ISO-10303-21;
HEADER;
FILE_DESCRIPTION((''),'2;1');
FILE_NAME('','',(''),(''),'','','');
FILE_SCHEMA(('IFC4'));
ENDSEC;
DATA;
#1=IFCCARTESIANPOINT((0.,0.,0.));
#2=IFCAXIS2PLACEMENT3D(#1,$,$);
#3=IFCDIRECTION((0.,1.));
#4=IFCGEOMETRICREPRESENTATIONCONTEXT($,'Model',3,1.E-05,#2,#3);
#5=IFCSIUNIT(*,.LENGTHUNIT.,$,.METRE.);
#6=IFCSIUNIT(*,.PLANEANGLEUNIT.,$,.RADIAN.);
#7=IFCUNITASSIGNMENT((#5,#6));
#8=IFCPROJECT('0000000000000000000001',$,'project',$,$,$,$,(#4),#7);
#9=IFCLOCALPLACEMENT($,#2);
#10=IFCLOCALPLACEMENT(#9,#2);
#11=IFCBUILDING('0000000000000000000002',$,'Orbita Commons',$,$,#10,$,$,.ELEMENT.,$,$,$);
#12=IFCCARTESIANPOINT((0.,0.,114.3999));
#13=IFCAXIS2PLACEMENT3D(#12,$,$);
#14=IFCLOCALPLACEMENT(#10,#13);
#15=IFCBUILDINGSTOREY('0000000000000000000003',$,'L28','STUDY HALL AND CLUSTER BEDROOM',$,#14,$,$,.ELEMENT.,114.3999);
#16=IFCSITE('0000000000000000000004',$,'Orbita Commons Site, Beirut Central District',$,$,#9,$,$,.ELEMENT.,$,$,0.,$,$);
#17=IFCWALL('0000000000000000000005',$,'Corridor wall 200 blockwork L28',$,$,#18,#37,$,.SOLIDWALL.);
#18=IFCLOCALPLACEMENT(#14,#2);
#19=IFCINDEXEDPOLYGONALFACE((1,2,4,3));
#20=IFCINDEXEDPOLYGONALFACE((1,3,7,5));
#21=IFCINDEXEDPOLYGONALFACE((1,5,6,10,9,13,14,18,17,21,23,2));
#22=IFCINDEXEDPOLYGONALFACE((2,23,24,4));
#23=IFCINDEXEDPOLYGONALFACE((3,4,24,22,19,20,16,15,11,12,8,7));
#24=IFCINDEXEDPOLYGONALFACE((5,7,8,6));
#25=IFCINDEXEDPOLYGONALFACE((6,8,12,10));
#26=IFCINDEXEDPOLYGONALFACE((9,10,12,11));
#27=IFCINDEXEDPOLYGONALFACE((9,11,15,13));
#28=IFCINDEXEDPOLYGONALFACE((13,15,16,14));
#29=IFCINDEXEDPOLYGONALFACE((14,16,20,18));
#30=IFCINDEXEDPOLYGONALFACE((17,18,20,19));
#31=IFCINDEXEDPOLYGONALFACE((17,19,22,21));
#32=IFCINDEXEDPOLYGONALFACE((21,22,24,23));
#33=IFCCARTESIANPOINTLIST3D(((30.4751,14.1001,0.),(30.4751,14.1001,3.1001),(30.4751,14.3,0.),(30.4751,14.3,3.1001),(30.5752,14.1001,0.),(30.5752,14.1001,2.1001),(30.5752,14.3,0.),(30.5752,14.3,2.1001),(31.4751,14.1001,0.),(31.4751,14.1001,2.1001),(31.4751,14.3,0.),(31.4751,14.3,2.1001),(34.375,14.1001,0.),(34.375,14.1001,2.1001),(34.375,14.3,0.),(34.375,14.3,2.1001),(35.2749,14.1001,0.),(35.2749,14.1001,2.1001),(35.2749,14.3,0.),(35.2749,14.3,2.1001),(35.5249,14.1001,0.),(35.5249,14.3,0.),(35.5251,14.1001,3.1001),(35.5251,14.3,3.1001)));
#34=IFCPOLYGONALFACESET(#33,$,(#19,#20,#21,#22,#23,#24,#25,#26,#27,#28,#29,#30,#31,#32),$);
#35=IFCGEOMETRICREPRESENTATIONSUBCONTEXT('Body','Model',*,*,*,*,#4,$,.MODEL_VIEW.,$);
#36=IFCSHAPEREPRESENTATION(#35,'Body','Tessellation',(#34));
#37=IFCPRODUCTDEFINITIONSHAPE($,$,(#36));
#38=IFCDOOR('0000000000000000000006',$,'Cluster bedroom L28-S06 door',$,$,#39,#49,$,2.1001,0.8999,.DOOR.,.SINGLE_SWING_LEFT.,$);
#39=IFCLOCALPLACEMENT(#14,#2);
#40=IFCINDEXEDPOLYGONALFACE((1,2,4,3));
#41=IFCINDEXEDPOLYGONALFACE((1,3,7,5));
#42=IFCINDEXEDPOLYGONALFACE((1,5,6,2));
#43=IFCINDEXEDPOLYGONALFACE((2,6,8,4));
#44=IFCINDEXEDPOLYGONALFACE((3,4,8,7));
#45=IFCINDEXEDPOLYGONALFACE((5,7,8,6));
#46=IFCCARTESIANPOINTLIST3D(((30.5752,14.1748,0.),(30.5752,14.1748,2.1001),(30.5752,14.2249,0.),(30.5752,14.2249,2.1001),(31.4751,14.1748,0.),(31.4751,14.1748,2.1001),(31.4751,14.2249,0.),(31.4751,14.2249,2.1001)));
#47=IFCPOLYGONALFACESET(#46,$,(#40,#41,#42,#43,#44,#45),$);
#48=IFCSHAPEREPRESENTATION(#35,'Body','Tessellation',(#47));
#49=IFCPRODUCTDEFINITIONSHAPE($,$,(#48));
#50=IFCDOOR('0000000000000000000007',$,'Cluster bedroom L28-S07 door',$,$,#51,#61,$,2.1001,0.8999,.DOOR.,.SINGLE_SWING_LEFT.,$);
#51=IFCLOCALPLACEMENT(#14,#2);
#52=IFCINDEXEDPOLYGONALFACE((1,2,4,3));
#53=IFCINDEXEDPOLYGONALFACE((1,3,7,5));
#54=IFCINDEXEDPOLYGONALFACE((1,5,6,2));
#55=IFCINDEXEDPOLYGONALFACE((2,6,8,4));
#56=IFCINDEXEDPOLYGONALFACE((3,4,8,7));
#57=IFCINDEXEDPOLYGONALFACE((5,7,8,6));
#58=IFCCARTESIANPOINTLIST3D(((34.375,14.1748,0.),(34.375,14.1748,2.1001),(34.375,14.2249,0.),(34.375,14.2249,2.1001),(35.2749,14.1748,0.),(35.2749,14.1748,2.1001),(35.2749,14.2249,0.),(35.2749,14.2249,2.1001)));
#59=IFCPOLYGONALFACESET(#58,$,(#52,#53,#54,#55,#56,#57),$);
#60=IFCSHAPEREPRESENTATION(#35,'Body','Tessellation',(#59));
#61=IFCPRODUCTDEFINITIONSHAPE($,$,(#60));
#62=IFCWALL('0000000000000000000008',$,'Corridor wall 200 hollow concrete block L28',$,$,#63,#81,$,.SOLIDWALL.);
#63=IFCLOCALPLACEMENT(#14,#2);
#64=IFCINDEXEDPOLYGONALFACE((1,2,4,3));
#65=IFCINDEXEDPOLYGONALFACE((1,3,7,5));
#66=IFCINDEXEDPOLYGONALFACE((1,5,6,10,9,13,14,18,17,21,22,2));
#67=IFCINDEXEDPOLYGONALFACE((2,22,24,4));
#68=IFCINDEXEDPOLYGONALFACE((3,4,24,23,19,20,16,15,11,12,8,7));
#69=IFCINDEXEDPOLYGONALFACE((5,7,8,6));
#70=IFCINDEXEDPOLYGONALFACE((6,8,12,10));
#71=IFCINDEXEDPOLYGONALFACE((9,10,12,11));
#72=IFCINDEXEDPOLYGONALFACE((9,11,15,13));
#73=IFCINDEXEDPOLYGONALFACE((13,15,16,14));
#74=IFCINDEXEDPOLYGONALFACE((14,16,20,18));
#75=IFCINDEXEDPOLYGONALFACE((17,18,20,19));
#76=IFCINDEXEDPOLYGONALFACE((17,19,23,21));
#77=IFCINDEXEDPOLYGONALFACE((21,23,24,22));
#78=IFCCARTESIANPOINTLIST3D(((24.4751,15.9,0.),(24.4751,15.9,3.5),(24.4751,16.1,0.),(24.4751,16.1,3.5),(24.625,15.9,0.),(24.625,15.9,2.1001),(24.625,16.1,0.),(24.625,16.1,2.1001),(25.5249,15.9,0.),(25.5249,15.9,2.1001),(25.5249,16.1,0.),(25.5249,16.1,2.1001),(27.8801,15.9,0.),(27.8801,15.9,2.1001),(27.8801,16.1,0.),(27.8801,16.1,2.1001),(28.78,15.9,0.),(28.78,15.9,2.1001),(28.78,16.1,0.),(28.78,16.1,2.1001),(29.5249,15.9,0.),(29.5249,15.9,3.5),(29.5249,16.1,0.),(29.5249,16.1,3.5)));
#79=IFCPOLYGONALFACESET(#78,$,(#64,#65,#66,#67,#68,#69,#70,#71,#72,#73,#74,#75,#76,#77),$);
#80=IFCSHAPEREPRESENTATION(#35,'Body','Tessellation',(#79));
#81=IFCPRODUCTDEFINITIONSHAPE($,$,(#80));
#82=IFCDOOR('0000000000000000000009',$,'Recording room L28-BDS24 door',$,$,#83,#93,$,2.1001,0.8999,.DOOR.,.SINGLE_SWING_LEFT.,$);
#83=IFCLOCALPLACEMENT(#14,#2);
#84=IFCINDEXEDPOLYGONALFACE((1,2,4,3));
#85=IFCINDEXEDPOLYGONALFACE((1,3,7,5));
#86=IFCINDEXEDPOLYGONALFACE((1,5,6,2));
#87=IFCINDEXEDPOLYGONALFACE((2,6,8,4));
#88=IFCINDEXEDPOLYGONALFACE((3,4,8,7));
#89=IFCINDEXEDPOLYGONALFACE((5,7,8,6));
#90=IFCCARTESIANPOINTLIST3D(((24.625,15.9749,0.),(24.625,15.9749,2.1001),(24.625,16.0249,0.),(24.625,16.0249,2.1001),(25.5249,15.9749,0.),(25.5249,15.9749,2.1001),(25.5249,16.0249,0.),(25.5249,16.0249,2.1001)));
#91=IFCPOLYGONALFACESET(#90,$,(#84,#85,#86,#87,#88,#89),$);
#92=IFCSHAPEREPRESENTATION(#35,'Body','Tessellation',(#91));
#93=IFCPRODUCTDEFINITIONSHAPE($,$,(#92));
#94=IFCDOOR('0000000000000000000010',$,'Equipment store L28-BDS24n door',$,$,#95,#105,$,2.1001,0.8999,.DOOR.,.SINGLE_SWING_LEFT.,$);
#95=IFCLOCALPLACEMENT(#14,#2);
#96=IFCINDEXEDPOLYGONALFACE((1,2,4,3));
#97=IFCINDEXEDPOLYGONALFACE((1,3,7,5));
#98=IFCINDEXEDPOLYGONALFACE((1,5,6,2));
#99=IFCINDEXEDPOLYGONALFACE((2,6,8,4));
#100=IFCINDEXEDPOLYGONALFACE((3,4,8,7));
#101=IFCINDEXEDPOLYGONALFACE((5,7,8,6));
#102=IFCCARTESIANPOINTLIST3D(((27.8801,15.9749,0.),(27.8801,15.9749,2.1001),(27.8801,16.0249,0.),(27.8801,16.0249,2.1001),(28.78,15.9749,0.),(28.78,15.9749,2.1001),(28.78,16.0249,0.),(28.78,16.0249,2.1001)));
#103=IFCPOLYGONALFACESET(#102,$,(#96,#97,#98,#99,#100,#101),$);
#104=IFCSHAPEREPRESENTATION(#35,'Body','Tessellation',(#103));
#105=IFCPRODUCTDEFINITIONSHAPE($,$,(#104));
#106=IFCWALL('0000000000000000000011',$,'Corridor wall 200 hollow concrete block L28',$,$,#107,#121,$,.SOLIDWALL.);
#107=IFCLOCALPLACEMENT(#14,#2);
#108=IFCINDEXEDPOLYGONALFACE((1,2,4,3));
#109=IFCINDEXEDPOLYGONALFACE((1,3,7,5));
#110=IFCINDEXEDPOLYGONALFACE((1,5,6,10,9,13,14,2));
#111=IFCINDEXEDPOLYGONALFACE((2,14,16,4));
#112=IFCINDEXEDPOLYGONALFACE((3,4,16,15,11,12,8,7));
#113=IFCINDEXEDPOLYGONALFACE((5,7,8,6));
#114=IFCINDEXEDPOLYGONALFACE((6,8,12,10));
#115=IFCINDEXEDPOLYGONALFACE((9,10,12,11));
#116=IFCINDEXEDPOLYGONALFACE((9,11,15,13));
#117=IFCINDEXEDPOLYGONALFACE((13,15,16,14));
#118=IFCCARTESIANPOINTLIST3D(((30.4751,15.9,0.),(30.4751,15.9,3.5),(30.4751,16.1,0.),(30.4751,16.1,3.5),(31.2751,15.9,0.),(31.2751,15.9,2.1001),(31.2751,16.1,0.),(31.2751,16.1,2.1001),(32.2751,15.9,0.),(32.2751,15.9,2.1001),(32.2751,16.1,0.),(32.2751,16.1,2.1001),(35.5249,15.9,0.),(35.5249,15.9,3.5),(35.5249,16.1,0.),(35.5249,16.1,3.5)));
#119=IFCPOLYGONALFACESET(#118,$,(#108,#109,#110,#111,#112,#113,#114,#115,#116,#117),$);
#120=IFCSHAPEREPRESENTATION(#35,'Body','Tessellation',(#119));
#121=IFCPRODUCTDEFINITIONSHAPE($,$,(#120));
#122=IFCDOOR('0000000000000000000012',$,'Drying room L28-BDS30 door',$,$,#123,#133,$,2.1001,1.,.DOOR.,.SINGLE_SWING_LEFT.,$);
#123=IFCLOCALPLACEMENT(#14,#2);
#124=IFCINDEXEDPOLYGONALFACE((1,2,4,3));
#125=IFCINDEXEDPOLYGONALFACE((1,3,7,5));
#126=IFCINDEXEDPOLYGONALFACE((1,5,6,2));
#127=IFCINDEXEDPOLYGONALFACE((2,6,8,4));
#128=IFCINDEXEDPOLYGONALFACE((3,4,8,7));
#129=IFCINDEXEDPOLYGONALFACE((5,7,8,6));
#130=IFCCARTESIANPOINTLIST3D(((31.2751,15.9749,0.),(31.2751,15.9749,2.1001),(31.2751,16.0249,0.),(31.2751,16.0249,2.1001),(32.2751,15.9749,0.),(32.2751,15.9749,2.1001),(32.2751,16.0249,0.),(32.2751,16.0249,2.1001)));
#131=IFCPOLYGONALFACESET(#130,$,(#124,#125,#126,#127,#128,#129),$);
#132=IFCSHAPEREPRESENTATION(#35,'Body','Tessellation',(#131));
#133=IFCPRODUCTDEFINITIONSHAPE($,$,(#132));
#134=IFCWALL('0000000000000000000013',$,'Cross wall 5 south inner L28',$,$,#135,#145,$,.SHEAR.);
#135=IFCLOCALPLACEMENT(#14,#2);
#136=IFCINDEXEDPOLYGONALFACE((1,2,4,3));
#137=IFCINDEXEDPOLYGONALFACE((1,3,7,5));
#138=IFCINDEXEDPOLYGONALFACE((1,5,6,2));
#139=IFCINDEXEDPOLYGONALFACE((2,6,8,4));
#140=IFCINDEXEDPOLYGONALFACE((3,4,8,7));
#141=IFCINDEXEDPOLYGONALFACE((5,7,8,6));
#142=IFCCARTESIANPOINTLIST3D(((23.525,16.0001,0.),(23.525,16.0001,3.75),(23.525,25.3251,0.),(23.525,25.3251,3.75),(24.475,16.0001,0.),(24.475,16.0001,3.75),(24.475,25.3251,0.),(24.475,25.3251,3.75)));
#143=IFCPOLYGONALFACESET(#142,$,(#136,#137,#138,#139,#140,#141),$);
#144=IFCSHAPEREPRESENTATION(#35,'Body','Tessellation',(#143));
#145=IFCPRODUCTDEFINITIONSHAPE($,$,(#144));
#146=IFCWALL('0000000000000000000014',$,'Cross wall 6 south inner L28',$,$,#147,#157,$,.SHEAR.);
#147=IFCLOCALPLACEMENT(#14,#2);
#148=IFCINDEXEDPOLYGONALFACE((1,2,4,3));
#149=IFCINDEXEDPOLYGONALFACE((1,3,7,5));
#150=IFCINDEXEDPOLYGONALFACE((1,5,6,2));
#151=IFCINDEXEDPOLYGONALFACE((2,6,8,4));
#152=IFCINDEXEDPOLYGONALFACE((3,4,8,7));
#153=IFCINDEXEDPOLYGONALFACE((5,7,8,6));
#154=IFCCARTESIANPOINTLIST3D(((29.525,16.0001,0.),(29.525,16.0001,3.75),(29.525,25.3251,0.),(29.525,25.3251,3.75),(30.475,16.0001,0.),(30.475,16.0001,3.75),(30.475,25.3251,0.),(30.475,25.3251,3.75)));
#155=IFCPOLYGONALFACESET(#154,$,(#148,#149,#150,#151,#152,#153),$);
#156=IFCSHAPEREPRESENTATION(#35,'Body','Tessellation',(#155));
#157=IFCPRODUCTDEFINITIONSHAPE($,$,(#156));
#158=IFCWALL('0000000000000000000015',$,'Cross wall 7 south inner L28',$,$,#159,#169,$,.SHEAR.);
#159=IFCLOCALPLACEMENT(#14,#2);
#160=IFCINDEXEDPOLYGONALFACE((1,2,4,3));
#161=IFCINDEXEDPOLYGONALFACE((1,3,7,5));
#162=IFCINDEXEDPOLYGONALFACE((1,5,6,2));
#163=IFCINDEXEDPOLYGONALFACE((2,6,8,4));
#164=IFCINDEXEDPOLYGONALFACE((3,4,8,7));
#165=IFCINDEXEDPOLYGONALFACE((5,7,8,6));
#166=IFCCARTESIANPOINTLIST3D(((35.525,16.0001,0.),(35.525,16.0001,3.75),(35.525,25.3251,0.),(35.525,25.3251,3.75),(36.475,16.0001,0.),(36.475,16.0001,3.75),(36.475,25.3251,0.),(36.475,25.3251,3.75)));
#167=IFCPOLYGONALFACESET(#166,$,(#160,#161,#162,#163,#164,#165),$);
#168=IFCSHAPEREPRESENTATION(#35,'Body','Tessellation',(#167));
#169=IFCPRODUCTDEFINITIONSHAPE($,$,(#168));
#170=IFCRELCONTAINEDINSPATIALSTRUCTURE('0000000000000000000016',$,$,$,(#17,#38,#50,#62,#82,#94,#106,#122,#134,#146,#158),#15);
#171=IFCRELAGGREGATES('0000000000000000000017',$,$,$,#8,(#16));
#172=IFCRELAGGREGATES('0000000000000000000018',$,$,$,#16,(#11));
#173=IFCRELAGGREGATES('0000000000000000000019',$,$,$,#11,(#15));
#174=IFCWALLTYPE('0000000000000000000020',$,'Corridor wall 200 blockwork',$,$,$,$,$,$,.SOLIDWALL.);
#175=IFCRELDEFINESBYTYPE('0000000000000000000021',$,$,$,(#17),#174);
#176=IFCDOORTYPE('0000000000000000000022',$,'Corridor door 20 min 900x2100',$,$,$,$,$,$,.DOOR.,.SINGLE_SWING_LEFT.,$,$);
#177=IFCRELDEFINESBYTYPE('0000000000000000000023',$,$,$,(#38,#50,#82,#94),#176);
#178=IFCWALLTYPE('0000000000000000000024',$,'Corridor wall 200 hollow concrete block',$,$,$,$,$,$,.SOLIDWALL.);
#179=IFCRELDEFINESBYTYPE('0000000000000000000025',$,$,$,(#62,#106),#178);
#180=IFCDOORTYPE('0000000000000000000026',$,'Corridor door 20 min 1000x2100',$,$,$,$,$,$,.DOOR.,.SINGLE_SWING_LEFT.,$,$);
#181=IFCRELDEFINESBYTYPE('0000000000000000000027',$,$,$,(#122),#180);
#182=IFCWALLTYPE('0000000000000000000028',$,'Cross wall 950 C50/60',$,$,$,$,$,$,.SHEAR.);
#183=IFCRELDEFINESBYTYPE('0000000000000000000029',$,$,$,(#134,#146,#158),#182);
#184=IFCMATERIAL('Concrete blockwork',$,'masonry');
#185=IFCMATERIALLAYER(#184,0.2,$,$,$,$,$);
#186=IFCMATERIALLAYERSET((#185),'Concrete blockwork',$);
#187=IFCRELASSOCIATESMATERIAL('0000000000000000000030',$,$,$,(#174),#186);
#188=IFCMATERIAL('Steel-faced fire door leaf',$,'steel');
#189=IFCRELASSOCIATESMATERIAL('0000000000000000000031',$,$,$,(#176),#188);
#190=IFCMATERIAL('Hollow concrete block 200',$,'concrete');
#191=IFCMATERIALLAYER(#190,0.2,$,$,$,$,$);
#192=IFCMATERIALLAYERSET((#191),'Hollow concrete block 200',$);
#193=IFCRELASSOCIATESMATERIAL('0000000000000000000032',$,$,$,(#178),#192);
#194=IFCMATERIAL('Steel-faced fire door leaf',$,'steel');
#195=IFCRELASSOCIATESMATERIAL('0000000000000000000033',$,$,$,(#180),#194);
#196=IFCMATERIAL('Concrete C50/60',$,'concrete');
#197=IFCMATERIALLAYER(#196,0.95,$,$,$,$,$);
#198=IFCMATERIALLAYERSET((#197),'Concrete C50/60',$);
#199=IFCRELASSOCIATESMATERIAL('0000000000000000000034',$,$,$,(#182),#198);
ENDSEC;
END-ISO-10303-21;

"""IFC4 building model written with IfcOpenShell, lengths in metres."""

from ifc_helpers import new_model, si_unit, direction, frame, frame_2d, origin, place, context, subcontext, project, spatial, polyline, rectangle, outline, extrude, material, layer, layer_set, type_object, element, fill, save


model = new_model("IFC4")

# Units and contexts
model_context = context("Model", 3, precision=1e-05, world=origin(), true_north=direction((0.0, 1.0)))
body_context = subcontext(model_context, "Body", "Model", "MODEL_VIEW")
ifc_project = project(units=[si_unit("LENGTHUNIT", "METRE"), si_unit("PLANEANGLEUNIT", "RADIAN")], contexts=[model_context])

# Site, building, storey
site_placement = place(None, origin())
site = spatial("IfcSite", under=ifc_project, at=site_placement, Name="Orbita Commons Site, Beirut Central District", CompositionType="ELEMENT", RefElevation=0.0)
building_placement = place(site_placement, origin())
building = spatial("IfcBuilding", under=site, at=building_placement, Name="Orbita Commons", CompositionType="ELEMENT")
storey_placement = place(building_placement, frame((0.0, 0.0, 114.3999)))
storey = spatial("IfcBuildingStorey", under=building, at=storey_placement, Name="L28", Description="STUDY HALL AND CLUSTER BEDROOM", CompositionType="ELEMENT", Elevation=114.3999)

# Walls, openings, doors
ifc_material_1 = material(Name="Concrete blockwork", Category="masonry")
ifc_layer_1 = layer(ifc_material_1, 0.2)
ifc_layer_set_1 = layer_set([ifc_layer_1], Name="Concrete blockwork")
wall_type_1 = type_object("IfcWallType", Name="Corridor wall 200 blockwork", PredefinedType="SOLIDWALL", material=ifc_layer_set_1)
ifc_material_2 = material(Name="Steel-faced fire door leaf", Category="steel")
door_type_1 = type_object("IfcDoorType", Name="Corridor door 20 min 900x2100", OperationType="SINGLE_SWING_LEFT", PredefinedType="DOOR", material=ifc_material_2)
wall_1_placement = place(storey_placement, frame((30.4751, 14.2, 0.0), z_axis=(0.0, 0.0, 1.0), x_axis=(1.0, 0.0, 0.0)))
wall_1 = element("IfcWall", 1, at=wall_1_placement, inside=storey, type_object=wall_type_1, Name="Corridor wall 200 blockwork L28", PredefinedType="SOLIDWALL", context=body_context, shape_type="SweptSolid", body=[
    extrude(outline(polyline([(0.0, 0.0), (5.0498, 0.0), (5.05, 3.1001), (0.0, 3.1001), (0.0, 0.0)])), frame((0.0, 0.1001, 0.0), z_axis=(0.0, -1.0, 0.0), x_axis=(1.0, 0.0, 0.0)), (0.0, 0.0, 1.0), 0.2),
])
opening_1_placement = place(wall_1_placement, frame((0.1001, 0.0, 0.0)))
opening_1 = element("IfcOpeningElement", 2, at=opening_1_placement, cuts=wall_1, PredefinedType="OPENING", context=body_context, shape_type="SweptSolid", body=[
    extrude(rectangle(XDim=0.8999, YDim=2.1001, at=frame_2d((0.45, 1.05))), frame((0.0, 0.1099, 0.0), z_axis=(0.0, -1.0, 0.0), x_axis=(1.0, 0.0, 0.0)), (0.0, 0.0, 1.0), 0.22),
])
opening_2_placement = place(wall_1_placement, frame((3.8999, 0.0, 0.0)))
opening_2 = element("IfcOpeningElement", 3, at=opening_2_placement, cuts=wall_1, PredefinedType="OPENING", context=body_context, shape_type="SweptSolid", body=[
    extrude(rectangle(XDim=0.8999, YDim=2.1001, at=frame_2d((0.45, 1.05))), frame((0.0, 0.1099, 0.0), z_axis=(0.0, -1.0, 0.0), x_axis=(1.0, 0.0, 0.0)), (0.0, 0.0, 1.0), 0.22),
])
door_1_placement = place(opening_1_placement, origin())
door_1 = element("IfcDoor", 4, at=door_1_placement, inside=storey, type_object=door_type_1, Name="Cluster bedroom L28-S06 door", OperationType="SINGLE_SWING_LEFT", OverallHeight=2.1001, OverallWidth=0.8999, PredefinedType="DOOR", context=body_context, shape_type="SweptSolid", body=[
    extrude(rectangle(XDim=0.8999, YDim=2.1001, at=frame_2d((0.45, 1.05))), frame((0.0, 0.0249, 0.0), z_axis=(0.0, -1.0, 0.0), x_axis=(1.0, 0.0, 0.0)), (0.0, 0.0, 1.0), 0.05),
])
fill(opening_1, door_1)
door_2_placement = place(opening_2_placement, origin())
door_2 = element("IfcDoor", 5, at=door_2_placement, inside=storey, type_object=door_type_1, Name="Cluster bedroom L28-S07 door", OperationType="SINGLE_SWING_LEFT", OverallHeight=2.1001, OverallWidth=0.8999, PredefinedType="DOOR", context=body_context, shape_type="SweptSolid", body=[
    extrude(rectangle(XDim=0.8999, YDim=2.1001, at=frame_2d((0.45, 1.05))), frame((0.0, 0.0249, 0.0), z_axis=(0.0, -1.0, 0.0), x_axis=(1.0, 0.0, 0.0)), (0.0, 0.0, 1.0), 0.05),
])
fill(opening_2, door_2)
ifc_material_3 = material(Name="Hollow concrete block 200", Category="concrete")
ifc_layer_2 = layer(ifc_material_3, 0.2)
ifc_layer_set_2 = layer_set([ifc_layer_2], Name="Hollow concrete block 200")
wall_type_2 = type_object("IfcWallType", Name="Corridor wall 200 hollow concrete block", PredefinedType="SOLIDWALL", material=ifc_layer_set_2)
wall_2_placement = place(storey_placement, frame((24.4751, 16.0, 0.0), z_axis=(0.0, 0.0, 1.0), x_axis=(1.0, 0.0, 0.0)))
wall_2 = element("IfcWall", 6, at=wall_2_placement, inside=storey, type_object=wall_type_2, Name="Corridor wall 200 hollow concrete block L28", PredefinedType="SOLIDWALL", context=body_context, shape_type="SweptSolid", body=[
    extrude(rectangle(XDim=5.0498, YDim=0.2, at=frame_2d((2.5249, 0.0))), origin(), (0.0, 0.0, 1.0), 3.5),
])
opening_3_placement = place(wall_2_placement, frame((0.1499, 0.0, 0.0)))
opening_3 = element("IfcOpeningElement", 7, at=opening_3_placement, cuts=wall_2, PredefinedType="OPENING", context=body_context, shape_type="SweptSolid", body=[
    extrude(rectangle(XDim=0.8999, YDim=2.1001, at=frame_2d((0.45, 1.05))), frame((0.0, 0.1099, 0.0), z_axis=(0.0, -1.0, 0.0), x_axis=(1.0, 0.0, 0.0)), (0.0, 0.0, 1.0), 0.22),
])
opening_4_placement = place(wall_2_placement, frame((3.405, 0.0, 0.0)))
opening_4 = element("IfcOpeningElement", 8, at=opening_4_placement, cuts=wall_2, PredefinedType="OPENING", context=body_context, shape_type="SweptSolid", body=[
    extrude(rectangle(XDim=0.8999, YDim=2.1001, at=frame_2d((0.45, 1.05))), frame((0.0, 0.1099, 0.0), z_axis=(0.0, -1.0, 0.0), x_axis=(1.0, 0.0, 0.0)), (0.0, 0.0, 1.0), 0.22),
])
door_3_placement = place(opening_3_placement, origin())
door_3 = element("IfcDoor", 9, at=door_3_placement, inside=storey, type_object=door_type_1, Name="Recording room L28-BDS24 door", OperationType="SINGLE_SWING_LEFT", OverallHeight=2.1001, OverallWidth=0.8999, PredefinedType="DOOR", context=body_context, shape_type="SweptSolid", body=[
    extrude(rectangle(XDim=0.8999, YDim=2.1001, at=frame_2d((0.45, 1.05))), frame((0.0, 0.0249, 0.0), z_axis=(0.0, -1.0, 0.0), x_axis=(1.0, 0.0, 0.0)), (0.0, 0.0, 1.0), 0.05),
])
fill(opening_3, door_3)
door_4_placement = place(opening_4_placement, origin())
door_4 = element("IfcDoor", 10, at=door_4_placement, inside=storey, type_object=door_type_1, Name="Equipment store L28-BDS24n door", OperationType="SINGLE_SWING_LEFT", OverallHeight=2.1001, OverallWidth=0.8999, PredefinedType="DOOR", context=body_context, shape_type="SweptSolid", body=[
    extrude(rectangle(XDim=0.8999, YDim=2.1001, at=frame_2d((0.45, 1.05))), frame((0.0, 0.0249, 0.0), z_axis=(0.0, -1.0, 0.0), x_axis=(1.0, 0.0, 0.0)), (0.0, 0.0, 1.0), 0.05),
])
fill(opening_4, door_4)

# Wall, opening, door
wall_3_placement = place(storey_placement, frame((30.4751, 16.0, 0.0), z_axis=(0.0, 0.0, 1.0), x_axis=(1.0, 0.0, 0.0)))
wall_3 = element("IfcWall", 11, at=wall_3_placement, inside=storey, type_object=wall_type_2, Name="Corridor wall 200 hollow concrete block L28", PredefinedType="SOLIDWALL", context=body_context, shape_type="SweptSolid", body=[
    extrude(rectangle(XDim=5.0498, YDim=0.2, at=frame_2d((2.5249, 0.0))), origin(), (0.0, 0.0, 1.0), 3.5),
])
opening_5_placement = place(wall_3_placement, frame((0.8, 0.0, 0.0)))
opening_5 = element("IfcOpeningElement", 12, at=opening_5_placement, cuts=wall_3, PredefinedType="OPENING", context=body_context, shape_type="SweptSolid", body=[
    extrude(rectangle(XDim=1.0, YDim=2.1001, at=frame_2d((0.5, 1.05))), frame((0.0, 0.1099, 0.0), z_axis=(0.0, -1.0, 0.0), x_axis=(1.0, 0.0, 0.0)), (0.0, 0.0, 1.0), 0.22),
])
ifc_material_4 = material(Name="Steel-faced fire door leaf", Category="steel")
door_type_2 = type_object("IfcDoorType", Name="Corridor door 20 min 1000x2100", OperationType="SINGLE_SWING_LEFT", PredefinedType="DOOR", material=ifc_material_4)
door_5_placement = place(opening_5_placement, origin())
door_5 = element("IfcDoor", 13, at=door_5_placement, inside=storey, type_object=door_type_2, Name="Drying room L28-BDS30 door", OperationType="SINGLE_SWING_LEFT", OverallHeight=2.1001, OverallWidth=1.0, PredefinedType="DOOR", context=body_context, shape_type="SweptSolid", body=[
    extrude(rectangle(XDim=1.0, YDim=2.1001, at=frame_2d((0.5, 1.05))), frame((0.0, 0.0249, 0.0), z_axis=(0.0, -1.0, 0.0), x_axis=(1.0, 0.0, 0.0)), (0.0, 0.0, 1.0), 0.05),
])
fill(opening_5, door_5)

# Walls
ifc_material_5 = material(Name="Concrete C50/60", Category="concrete")
ifc_layer_3 = layer(ifc_material_5, 0.95)
ifc_layer_set_3 = layer_set([ifc_layer_3], Name="Concrete C50/60")
wall_type_3 = type_object("IfcWallType", Name="Cross wall 950 C50/60", PredefinedType="SHEAR", material=ifc_layer_set_3)
for number, where, z_axis, x_axis, name in (
    (14, (24.0, 16.0, 0.0), (0.0, 0.0, 1.0), (0.0, 1.0, 0.0), "Cross wall 5 south inner L28"),
    (15, (30.0, 16.0, 0.0), (0.0, 0.0, 1.0), (0.0, 1.0, 0.0), "Cross wall 6 south inner L28"),
    (16, (36.0, 16.0, 0.0), (0.0, 0.0, 1.0), (0.0, 1.0, 0.0), "Cross wall 7 south inner L28"),
):
    element("IfcWall", number, at=place(storey_placement, frame(where, z_axis=z_axis, x_axis=x_axis)), inside=storey, type_object=wall_type_3, Name=name, PredefinedType="SHEAR", context=body_context, shape_type="SweptSolid", body=[
        extrude(rectangle(XDim=9.325, YDim=0.95, at=frame_2d((4.6626, 0.0))), origin(), (0.0, 0.0, 1.0), 3.75),
    ])

save(model, "model.ifc")
